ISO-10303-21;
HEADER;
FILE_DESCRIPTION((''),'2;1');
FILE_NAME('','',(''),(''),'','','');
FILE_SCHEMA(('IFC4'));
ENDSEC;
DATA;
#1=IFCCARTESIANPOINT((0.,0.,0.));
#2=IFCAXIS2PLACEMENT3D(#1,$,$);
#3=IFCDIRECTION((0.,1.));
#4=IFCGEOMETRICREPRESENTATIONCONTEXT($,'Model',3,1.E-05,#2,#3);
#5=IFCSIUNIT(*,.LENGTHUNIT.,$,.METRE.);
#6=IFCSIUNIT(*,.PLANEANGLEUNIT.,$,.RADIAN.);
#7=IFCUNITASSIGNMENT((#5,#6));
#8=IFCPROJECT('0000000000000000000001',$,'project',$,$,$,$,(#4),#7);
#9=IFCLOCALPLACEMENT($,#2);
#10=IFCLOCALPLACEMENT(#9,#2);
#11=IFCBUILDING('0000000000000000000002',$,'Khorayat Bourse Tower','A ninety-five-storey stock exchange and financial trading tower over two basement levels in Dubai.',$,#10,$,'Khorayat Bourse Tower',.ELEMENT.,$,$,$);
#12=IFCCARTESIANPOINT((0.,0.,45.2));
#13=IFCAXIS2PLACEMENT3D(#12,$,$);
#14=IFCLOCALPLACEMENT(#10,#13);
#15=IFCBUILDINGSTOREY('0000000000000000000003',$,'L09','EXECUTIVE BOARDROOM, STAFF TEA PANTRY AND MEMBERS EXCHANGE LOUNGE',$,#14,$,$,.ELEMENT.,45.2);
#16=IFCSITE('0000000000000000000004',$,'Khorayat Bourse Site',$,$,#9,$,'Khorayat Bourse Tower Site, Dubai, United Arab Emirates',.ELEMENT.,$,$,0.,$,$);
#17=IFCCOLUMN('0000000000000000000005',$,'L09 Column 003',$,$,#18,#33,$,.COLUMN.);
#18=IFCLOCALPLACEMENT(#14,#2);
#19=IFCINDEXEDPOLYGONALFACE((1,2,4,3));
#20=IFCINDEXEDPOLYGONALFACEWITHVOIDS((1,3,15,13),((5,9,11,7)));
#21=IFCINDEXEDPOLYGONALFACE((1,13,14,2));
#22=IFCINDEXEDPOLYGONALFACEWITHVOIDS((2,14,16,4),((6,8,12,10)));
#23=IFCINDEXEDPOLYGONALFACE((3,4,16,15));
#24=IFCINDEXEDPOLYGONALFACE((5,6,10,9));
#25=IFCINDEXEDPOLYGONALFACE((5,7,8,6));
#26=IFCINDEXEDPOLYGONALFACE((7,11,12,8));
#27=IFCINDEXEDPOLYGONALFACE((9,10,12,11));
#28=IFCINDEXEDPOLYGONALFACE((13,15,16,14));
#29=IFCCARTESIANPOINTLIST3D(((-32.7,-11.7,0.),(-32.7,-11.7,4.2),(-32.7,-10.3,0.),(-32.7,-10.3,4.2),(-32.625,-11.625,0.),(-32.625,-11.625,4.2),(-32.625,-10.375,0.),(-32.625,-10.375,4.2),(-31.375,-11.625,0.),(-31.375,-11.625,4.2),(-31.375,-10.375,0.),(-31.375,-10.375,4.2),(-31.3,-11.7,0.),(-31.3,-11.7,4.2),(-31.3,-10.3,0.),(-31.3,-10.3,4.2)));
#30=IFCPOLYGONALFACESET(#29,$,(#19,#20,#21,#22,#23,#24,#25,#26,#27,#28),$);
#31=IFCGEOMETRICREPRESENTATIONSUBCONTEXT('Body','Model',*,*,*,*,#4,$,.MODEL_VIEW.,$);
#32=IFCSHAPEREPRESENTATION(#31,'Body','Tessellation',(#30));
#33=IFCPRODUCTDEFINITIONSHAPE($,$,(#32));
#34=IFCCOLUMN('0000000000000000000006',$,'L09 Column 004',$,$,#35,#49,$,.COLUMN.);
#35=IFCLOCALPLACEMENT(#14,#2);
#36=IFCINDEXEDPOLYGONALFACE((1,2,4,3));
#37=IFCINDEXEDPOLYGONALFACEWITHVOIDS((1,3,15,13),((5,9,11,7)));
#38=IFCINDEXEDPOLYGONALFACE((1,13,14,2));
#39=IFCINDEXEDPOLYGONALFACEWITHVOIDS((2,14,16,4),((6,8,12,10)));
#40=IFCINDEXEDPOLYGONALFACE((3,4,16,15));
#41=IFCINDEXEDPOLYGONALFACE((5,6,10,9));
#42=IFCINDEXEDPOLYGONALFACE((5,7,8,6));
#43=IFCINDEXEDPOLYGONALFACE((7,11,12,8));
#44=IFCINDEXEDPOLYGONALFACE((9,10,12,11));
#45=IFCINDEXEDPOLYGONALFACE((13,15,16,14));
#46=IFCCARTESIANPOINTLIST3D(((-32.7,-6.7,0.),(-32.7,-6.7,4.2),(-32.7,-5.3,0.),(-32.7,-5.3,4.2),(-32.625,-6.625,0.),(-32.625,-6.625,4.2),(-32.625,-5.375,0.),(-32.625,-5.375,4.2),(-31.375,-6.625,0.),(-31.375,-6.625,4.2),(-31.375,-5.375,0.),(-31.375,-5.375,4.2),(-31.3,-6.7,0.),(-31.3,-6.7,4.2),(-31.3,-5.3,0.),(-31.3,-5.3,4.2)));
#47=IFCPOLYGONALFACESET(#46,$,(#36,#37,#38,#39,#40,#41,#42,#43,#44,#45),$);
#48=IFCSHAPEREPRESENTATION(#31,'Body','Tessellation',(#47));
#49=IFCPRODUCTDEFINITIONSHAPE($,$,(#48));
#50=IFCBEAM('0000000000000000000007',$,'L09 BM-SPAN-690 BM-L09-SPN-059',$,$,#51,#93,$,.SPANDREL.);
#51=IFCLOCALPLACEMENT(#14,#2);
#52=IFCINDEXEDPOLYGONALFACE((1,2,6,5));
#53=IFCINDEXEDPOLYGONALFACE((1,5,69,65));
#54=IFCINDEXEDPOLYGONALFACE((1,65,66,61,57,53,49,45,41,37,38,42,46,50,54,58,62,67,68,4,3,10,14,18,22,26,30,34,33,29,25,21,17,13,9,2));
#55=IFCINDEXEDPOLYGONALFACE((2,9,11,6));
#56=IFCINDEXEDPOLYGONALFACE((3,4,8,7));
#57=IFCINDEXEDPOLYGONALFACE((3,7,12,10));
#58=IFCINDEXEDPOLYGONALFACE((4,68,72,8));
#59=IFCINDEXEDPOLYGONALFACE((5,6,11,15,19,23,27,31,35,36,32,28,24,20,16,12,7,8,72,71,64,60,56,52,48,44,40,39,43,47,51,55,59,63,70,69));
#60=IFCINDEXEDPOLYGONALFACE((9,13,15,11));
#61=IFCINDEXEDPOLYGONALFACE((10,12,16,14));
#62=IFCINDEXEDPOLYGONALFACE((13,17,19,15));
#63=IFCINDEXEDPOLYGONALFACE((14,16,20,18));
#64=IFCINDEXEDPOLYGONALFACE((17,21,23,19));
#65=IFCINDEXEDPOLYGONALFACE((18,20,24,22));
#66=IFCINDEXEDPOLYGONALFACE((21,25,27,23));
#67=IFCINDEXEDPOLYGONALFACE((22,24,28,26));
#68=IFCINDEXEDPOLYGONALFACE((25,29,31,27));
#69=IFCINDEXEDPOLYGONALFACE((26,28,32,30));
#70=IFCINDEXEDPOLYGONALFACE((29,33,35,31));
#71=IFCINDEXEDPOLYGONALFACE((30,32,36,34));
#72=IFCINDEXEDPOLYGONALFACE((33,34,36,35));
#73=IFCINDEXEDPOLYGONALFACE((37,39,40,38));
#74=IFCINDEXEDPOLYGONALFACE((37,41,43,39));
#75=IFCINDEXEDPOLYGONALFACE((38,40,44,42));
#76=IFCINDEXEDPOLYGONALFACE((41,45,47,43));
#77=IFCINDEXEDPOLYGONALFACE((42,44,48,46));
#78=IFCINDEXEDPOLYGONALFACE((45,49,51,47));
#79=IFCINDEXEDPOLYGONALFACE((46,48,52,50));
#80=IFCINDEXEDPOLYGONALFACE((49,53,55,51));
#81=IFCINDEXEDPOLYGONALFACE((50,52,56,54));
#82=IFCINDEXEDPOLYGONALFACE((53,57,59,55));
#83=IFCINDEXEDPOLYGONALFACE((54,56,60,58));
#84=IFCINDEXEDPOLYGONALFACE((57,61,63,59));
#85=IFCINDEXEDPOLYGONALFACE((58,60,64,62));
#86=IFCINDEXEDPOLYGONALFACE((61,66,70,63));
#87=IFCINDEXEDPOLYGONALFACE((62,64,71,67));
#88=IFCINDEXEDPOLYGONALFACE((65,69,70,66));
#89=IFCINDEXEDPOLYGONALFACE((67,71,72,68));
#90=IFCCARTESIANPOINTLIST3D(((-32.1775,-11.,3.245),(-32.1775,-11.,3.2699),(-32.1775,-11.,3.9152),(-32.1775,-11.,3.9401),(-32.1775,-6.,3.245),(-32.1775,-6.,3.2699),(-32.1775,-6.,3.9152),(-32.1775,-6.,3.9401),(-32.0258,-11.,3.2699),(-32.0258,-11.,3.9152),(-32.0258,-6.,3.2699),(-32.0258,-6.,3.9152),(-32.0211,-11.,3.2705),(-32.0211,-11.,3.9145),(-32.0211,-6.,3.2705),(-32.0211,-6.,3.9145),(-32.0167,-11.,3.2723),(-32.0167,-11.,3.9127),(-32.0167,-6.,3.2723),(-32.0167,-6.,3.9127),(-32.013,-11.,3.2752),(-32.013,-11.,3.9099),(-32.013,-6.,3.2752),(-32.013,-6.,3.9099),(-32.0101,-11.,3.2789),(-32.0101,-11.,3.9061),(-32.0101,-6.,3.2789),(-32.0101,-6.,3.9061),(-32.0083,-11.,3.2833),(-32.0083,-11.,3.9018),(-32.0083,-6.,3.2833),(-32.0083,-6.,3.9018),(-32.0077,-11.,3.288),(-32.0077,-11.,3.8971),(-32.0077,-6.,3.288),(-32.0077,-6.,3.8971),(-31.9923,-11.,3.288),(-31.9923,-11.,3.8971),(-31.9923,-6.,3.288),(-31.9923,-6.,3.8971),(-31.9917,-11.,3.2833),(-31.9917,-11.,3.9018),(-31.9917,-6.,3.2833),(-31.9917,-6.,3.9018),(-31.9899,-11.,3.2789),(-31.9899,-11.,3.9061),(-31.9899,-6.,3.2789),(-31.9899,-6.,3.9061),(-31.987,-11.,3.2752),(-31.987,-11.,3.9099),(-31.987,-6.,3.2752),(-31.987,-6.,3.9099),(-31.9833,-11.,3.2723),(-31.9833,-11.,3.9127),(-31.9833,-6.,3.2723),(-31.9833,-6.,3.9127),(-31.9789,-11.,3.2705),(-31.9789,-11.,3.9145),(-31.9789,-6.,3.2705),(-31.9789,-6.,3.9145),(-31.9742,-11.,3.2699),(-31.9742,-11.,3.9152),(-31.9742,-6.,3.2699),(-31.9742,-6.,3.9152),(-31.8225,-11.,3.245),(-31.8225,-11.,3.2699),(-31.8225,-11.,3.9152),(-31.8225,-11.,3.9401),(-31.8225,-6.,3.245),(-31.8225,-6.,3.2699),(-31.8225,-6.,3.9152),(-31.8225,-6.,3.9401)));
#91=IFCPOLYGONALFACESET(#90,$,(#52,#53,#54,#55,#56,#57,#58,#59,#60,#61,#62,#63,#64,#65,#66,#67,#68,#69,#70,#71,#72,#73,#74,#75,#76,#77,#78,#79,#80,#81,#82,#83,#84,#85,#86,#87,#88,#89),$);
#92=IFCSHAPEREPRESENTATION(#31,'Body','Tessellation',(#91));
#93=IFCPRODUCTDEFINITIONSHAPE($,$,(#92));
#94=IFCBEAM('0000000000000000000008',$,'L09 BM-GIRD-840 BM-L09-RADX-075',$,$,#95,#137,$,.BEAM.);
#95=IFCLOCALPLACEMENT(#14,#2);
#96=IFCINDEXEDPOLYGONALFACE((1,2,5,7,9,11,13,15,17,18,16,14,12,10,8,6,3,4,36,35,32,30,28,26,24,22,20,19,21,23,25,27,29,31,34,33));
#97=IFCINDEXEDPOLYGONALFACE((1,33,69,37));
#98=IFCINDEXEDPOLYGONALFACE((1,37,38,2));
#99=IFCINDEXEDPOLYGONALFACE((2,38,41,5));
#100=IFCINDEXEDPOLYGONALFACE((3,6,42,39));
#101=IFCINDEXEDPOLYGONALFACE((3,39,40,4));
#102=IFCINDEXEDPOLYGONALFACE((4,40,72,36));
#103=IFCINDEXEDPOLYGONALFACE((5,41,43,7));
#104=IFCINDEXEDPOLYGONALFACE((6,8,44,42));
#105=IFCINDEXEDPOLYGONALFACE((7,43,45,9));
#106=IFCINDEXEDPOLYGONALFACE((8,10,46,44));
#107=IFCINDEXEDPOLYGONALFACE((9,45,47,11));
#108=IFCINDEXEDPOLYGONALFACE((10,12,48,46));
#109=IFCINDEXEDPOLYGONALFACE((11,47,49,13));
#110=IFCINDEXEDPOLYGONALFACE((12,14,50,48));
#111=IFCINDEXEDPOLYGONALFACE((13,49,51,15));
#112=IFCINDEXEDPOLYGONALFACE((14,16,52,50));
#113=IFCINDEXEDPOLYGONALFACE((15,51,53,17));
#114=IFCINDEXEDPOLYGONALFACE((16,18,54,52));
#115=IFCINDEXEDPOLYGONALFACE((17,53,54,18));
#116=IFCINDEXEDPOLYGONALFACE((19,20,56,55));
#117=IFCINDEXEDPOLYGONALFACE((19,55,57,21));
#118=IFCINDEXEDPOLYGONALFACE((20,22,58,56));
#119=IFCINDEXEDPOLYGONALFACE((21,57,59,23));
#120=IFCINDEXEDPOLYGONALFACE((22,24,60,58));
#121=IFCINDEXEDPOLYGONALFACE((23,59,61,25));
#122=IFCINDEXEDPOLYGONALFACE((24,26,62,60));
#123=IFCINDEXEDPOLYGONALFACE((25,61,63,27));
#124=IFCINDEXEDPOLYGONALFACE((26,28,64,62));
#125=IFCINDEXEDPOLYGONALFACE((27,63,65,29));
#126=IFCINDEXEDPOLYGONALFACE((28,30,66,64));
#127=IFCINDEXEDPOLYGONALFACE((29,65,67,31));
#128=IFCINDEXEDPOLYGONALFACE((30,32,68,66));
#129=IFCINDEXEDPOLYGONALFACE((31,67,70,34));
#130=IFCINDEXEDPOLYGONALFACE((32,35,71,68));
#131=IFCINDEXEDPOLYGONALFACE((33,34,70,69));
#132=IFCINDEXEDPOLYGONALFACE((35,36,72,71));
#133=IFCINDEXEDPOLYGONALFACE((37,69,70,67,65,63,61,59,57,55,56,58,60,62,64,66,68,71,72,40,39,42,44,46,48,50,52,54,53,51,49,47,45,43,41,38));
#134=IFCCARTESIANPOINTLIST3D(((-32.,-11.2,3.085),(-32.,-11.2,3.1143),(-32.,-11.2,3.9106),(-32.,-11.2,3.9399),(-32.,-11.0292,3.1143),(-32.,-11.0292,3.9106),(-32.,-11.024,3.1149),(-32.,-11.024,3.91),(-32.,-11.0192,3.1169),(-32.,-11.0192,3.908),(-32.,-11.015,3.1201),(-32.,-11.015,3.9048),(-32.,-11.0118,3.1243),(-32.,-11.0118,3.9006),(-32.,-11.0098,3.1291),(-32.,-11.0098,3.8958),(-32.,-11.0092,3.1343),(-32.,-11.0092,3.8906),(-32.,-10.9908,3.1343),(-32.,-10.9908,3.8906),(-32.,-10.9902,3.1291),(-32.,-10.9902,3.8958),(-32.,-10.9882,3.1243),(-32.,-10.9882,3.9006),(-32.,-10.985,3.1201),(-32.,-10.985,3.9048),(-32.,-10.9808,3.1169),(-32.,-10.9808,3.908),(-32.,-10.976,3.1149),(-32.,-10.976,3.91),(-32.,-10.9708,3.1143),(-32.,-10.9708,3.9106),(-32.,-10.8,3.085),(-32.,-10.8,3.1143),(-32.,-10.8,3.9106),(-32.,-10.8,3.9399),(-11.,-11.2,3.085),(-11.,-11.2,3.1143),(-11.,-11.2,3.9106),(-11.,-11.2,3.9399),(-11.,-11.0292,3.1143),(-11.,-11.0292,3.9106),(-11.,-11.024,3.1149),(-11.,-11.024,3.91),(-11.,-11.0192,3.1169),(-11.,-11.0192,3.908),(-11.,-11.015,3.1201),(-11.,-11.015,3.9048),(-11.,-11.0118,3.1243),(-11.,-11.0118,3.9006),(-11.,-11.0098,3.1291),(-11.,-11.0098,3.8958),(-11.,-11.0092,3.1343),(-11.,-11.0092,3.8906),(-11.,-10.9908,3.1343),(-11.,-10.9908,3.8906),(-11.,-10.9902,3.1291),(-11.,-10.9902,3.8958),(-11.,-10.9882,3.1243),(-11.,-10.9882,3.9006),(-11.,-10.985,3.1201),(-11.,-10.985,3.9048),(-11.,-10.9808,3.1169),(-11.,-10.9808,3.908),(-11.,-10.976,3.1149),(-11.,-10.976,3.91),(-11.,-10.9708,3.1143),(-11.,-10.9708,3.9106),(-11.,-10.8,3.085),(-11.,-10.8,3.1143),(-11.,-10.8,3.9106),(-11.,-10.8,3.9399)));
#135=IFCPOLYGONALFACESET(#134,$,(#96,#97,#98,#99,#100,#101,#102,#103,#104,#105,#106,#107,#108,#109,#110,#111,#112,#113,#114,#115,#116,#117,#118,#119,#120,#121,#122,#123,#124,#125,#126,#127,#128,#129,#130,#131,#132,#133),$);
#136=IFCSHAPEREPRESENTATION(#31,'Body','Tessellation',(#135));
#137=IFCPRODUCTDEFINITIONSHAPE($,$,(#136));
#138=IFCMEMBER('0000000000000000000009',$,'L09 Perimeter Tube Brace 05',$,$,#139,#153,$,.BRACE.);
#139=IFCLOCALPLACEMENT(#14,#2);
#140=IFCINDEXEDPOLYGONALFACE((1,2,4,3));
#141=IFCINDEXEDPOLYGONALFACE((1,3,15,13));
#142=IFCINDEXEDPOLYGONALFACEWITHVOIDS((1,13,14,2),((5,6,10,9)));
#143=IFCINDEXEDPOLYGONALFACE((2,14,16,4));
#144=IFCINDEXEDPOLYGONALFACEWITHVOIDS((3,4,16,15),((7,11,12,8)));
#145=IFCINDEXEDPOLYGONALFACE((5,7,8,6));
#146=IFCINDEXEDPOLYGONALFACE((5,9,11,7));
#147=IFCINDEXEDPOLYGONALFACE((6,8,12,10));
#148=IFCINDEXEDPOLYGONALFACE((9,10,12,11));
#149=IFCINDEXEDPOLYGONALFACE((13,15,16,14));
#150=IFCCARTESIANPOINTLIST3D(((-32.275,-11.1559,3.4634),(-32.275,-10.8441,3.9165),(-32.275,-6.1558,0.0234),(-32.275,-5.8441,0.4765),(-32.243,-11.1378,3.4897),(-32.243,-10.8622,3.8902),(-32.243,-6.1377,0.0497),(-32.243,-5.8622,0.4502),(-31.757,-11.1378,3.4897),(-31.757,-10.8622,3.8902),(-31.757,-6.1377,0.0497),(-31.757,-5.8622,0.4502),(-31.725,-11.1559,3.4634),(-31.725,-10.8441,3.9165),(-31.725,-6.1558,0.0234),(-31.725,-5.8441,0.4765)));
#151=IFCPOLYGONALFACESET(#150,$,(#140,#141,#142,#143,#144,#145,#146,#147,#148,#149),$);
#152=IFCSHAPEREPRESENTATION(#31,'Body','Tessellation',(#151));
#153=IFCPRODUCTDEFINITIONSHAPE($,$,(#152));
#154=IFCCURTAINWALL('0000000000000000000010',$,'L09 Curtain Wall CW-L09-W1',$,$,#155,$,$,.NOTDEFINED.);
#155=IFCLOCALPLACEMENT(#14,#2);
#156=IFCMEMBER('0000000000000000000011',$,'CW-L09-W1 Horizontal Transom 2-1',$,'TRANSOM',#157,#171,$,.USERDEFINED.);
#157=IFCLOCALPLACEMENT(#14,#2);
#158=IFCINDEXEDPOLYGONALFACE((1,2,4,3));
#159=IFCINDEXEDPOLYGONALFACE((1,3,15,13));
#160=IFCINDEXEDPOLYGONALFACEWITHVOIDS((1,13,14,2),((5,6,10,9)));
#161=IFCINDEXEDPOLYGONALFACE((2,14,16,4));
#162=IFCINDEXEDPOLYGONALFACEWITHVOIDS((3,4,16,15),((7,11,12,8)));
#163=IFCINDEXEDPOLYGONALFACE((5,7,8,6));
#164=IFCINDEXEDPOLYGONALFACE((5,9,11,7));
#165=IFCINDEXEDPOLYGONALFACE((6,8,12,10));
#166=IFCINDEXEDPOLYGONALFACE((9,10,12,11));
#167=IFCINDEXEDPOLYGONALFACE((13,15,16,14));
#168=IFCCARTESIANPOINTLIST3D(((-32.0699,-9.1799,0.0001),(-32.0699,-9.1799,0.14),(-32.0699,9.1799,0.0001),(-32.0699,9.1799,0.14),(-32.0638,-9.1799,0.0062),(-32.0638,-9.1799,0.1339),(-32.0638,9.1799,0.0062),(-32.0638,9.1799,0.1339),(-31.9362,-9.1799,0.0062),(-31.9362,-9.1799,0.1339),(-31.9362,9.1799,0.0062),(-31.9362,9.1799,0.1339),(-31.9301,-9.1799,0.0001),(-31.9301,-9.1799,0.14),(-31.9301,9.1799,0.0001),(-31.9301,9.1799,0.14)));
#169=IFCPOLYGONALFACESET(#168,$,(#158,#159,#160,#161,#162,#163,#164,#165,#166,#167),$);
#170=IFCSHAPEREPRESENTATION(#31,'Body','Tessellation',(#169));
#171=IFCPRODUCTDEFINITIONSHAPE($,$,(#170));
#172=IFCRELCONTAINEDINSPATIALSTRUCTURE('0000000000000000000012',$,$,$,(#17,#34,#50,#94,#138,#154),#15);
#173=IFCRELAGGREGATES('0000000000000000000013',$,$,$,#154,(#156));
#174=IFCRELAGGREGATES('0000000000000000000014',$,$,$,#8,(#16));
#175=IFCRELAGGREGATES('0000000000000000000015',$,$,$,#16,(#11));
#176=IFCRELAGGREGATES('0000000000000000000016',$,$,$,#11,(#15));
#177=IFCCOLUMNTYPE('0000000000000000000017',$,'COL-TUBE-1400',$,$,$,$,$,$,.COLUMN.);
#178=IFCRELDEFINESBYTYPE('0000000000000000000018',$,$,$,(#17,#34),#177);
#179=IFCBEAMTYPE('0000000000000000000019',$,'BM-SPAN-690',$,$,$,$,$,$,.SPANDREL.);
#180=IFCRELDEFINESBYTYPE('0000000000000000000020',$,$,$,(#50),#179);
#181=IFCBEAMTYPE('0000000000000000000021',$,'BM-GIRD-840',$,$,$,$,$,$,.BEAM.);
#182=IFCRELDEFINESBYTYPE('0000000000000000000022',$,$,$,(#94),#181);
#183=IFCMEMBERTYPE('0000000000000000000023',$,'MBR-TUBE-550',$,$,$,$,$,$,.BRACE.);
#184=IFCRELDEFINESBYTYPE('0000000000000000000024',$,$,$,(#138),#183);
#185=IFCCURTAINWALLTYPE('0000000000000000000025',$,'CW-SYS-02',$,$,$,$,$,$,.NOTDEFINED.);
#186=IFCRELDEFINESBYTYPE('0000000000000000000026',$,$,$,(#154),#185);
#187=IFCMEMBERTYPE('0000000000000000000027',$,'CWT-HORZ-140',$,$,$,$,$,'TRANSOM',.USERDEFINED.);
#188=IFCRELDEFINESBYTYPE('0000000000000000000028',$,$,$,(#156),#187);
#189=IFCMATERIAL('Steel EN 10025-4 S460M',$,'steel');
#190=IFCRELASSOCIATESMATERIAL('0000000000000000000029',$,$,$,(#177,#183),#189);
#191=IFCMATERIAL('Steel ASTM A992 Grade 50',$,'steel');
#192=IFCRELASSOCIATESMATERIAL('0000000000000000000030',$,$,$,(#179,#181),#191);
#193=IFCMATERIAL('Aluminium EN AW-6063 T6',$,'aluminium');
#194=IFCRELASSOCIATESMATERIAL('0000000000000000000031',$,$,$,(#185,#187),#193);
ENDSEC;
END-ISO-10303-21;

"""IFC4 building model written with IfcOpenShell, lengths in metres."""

from ifc_helpers import new_model, si_unit, direction, frame, origin, origin_2d, place, context, subcontext, project, spatial, hollow_rectangle, i_section, extrude, source, transform, mapped, material, material_profile, profile_set, type_object, element, aggregate, save


model = new_model("IFC4")

# Units and contexts
model_context = context("Model", 3, precision=1e-05, world=origin(), true_north=direction((0.0, 1.0)))
body_context = subcontext(model_context, "Body", "Model", "MODEL_VIEW")
ifc_project = project(units=[si_unit("LENGTHUNIT", "METRE"), si_unit("PLANEANGLEUNIT", "RADIAN")], contexts=[model_context])

# Site, building, storey
site_placement = place(None, origin())
site = spatial("IfcSite", under=ifc_project, at=site_placement, Name="Khorayat Bourse Site", LongName="Khorayat Bourse Tower Site, Dubai, United Arab Emirates", CompositionType="ELEMENT", RefElevation=0.0)
building_placement = place(site_placement, origin())
building = spatial("IfcBuilding", under=site, at=building_placement, Name="Khorayat Bourse Tower", Description="A ninety-five-storey stock exchange and financial trading tower over two basement levels in Dubai.", LongName="Khorayat Bourse Tower", CompositionType="ELEMENT")
storey_placement = place(building_placement, frame((0.0, 0.0, 45.2)))
storey = spatial("IfcBuildingStorey", under=building, at=storey_placement, Name="L09", Description="EXECUTIVE BOARDROOM, STAFF TEA PANTRY AND MEMBERS EXCHANGE LOUNGE", CompositionType="ELEMENT", Elevation=45.2)

# Columns
ifc_material_1 = material(Name="Steel EN 10025-4 S460M", Category="steel")
ifc_material_profile_1 = material_profile(ifc_material_1, hollow_rectangle(XDim=1.3999, YDim=1.3999, WallThickness=0.075, at=origin_2d()), Name="BOX 1400x1400x75")
ifc_profile_set_1 = profile_set([ifc_material_profile_1], Name="Steel EN 10025-4 S460M")
column_type = type_object("IfcColumnType", Name="COL-TUBE-1400", PredefinedType="COLUMN", material=ifc_profile_set_1)
shared_shape_1 = source(origin(), body_context, "Body", "SweptSolid", [
    extrude(hollow_rectangle(XDim=1.3999, YDim=1.3999, WallThickness=0.075, at=origin_2d()), origin(), (0.0, 0.0, 1.0), 4.2),
])
for number, where, z_axis, x_axis, name in (
    (1, (-32.0, -11.0, 0.0), (0.0, 0.0, 1.0), (1.0, 0.0, 0.0), "L09 Column 003"),
    (2, (-32.0, -6.0, 0.0), (0.0, 0.0, 1.0), (1.0, 0.0, 0.0), "L09 Column 004"),
):
    element("IfcColumn", number, at=place(storey_placement, frame(where, z_axis=z_axis, x_axis=x_axis)), inside=storey, type_object=column_type, Name=name, PredefinedType="COLUMN", context=body_context, shape_type="MappedRepresentation", body=[
        mapped(shared_shape_1, transform((0.0, 0.0, 0.0), scale=1.0)),
    ])

# Beams
ifc_material_2 = material(Name="Steel ASTM A992 Grade 50", Category="steel")
ifc_material_profile_2 = material_profile(ifc_material_2, i_section(OverallWidth=0.355, OverallDepth=0.6951, WebThickness=0.0154, FlangeThickness=0.0249, FilletRadius=0.0181, at=origin_2d()), Name="W690X217")
ifc_profile_set_2 = profile_set([ifc_material_profile_2], Name="Steel ASTM A992 Grade 50")
beam_type_1 = type_object("IfcBeamType", Name="BM-SPAN-690", PredefinedType="SPANDREL", material=ifc_profile_set_2)
shared_shape_2 = source(origin(), body_context, "Body", "SweptSolid", [
    extrude(i_section(OverallWidth=0.355, OverallDepth=0.6951, WebThickness=0.0154, FlangeThickness=0.0249, FilletRadius=0.0181, at=origin_2d()), origin(), (0.0, 0.0, 1.0), 5.0),
])
beam_1_placement = place(storey_placement, frame((-32.0, -11.0, 3.5925), z_axis=(0.0, 1.0, 0.0), x_axis=(-1.0, 0.0, 0.0)))
element("IfcBeam", 3, at=beam_1_placement, inside=storey, type_object=beam_type_1, Name="L09 BM-SPAN-690 BM-L09-SPN-059", PredefinedType="SPANDREL", context=body_context, shape_type="MappedRepresentation", body=[
    mapped(shared_shape_2, transform((0.0, 0.0, 0.0), scale=1.0)),
])
ifc_material_profile_3 = material_profile(ifc_material_2, i_section(OverallWidth=0.3999, OverallDepth=0.855, WebThickness=0.0183, FlangeThickness=0.0293, FilletRadius=0.02, at=origin_2d()), Name="W840X299")
ifc_profile_set_3 = profile_set([ifc_material_profile_3], Name="Steel ASTM A992 Grade 50")
beam_type_2 = type_object("IfcBeamType", Name="BM-GIRD-840", PredefinedType="BEAM", material=ifc_profile_set_3)
shared_shape_3 = source(origin(), body_context, "Body", "SweptSolid", [
    extrude(i_section(OverallWidth=0.3999, OverallDepth=0.855, WebThickness=0.0183, FlangeThickness=0.0293, FilletRadius=0.02, at=origin_2d()), origin(), (0.0, 0.0, 1.0), 21.0),
])
beam_2_placement = place(storey_placement, frame((-32.0, -11.0, 3.5125), z_axis=(1.0, 0.0, 0.0), x_axis=(0.0, 1.0, 0.0)))
element("IfcBeam", 4, at=beam_2_placement, inside=storey, type_object=beam_type_2, Name="L09 BM-GIRD-840 BM-L09-RADX-075", PredefinedType="BEAM", context=body_context, shape_type="MappedRepresentation", body=[
    mapped(shared_shape_3, transform((0.0, 0.0, 0.0), scale=1.0)),
])

# Member
ifc_material_profile_4 = material_profile(ifc_material_1, hollow_rectangle(XDim=0.55, YDim=0.55, WallThickness=0.032, at=origin_2d()), Name="HSS 550x550x32")
ifc_profile_set_4 = profile_set([ifc_material_profile_4], Name="Steel EN 10025-4 S460M")
member_type_1 = type_object("IfcMemberType", Name="MBR-TUBE-550", PredefinedType="BRACE", material=ifc_profile_set_4)
shared_shape_4 = source(origin(), body_context, "Body", "SweptSolid", [
    extrude(hollow_rectangle(XDim=0.55, YDim=0.55, WallThickness=0.032, at=origin_2d()), origin(), (0.0, 0.0, 1.0), 6.0691),
])
member_1_placement = place(storey_placement, frame((-32.0, -11.0, 3.6899), z_axis=(0.0, 0.823854, -0.566802), x_axis=(-1.0, 0.0, 0.0)))
element("IfcMember", 5, at=member_1_placement, inside=storey, type_object=member_type_1, Name="L09 Perimeter Tube Brace 05", PredefinedType="BRACE", context=body_context, shape_type="MappedRepresentation", body=[
    mapped(shared_shape_4, transform((0.0, 0.0, 0.0), scale=1.0)),
])

# Curtain wall, member
ifc_material_3 = material(Name="Aluminium EN AW-6063 T6", Category="aluminium")
curtain_wall_type = type_object("IfcCurtainWallType", Name="CW-SYS-02", PredefinedType="NOTDEFINED", material=ifc_material_3)
curtain_wall_placement = place(storey_placement, origin())
curtain_wall = element("IfcCurtainWall", 6, at=curtain_wall_placement, inside=storey, type_object=curtain_wall_type, Name="L09 Curtain Wall CW-L09-W1", PredefinedType="NOTDEFINED")
ifc_material_profile_5 = material_profile(ifc_material_3, hollow_rectangle(XDim=0.1399, YDim=0.1399, WallThickness=0.0061, at=origin_2d()), Name="ALU 140x140x6")
ifc_profile_set_5 = profile_set([ifc_material_profile_5], Name="Aluminium EN AW-6063 T6")
member_type_2 = type_object("IfcMemberType", Name="CWT-HORZ-140", ElementType="TRANSOM", PredefinedType="USERDEFINED", material=ifc_profile_set_5)
shared_shape_5 = source(origin(), body_context, "Body", "SweptSolid", [
    extrude(hollow_rectangle(XDim=0.1399, YDim=0.1399, WallThickness=0.0061, at=origin_2d()), origin(), (0.0, 0.0, 1.0), 18.3599),
])
member_2_placement = place(storey_placement, frame((-32.0, -9.1799, 0.0701), z_axis=(0.0, 1.0, 0.0), x_axis=(-1.0, 0.0, 0.0)))
member_2 = element("IfcMember", 7, at=member_2_placement, type_object=member_type_2, Name="CW-L09-W1 Horizontal Transom 2-1", ObjectType="TRANSOM", PredefinedType="USERDEFINED", context=body_context, shape_type="MappedRepresentation", body=[
    mapped(shared_shape_5, transform((0.0, 0.0, 0.0), scale=1.0)),
])

aggregate(curtain_wall, [member_2])

save(model, "model.ifc")
